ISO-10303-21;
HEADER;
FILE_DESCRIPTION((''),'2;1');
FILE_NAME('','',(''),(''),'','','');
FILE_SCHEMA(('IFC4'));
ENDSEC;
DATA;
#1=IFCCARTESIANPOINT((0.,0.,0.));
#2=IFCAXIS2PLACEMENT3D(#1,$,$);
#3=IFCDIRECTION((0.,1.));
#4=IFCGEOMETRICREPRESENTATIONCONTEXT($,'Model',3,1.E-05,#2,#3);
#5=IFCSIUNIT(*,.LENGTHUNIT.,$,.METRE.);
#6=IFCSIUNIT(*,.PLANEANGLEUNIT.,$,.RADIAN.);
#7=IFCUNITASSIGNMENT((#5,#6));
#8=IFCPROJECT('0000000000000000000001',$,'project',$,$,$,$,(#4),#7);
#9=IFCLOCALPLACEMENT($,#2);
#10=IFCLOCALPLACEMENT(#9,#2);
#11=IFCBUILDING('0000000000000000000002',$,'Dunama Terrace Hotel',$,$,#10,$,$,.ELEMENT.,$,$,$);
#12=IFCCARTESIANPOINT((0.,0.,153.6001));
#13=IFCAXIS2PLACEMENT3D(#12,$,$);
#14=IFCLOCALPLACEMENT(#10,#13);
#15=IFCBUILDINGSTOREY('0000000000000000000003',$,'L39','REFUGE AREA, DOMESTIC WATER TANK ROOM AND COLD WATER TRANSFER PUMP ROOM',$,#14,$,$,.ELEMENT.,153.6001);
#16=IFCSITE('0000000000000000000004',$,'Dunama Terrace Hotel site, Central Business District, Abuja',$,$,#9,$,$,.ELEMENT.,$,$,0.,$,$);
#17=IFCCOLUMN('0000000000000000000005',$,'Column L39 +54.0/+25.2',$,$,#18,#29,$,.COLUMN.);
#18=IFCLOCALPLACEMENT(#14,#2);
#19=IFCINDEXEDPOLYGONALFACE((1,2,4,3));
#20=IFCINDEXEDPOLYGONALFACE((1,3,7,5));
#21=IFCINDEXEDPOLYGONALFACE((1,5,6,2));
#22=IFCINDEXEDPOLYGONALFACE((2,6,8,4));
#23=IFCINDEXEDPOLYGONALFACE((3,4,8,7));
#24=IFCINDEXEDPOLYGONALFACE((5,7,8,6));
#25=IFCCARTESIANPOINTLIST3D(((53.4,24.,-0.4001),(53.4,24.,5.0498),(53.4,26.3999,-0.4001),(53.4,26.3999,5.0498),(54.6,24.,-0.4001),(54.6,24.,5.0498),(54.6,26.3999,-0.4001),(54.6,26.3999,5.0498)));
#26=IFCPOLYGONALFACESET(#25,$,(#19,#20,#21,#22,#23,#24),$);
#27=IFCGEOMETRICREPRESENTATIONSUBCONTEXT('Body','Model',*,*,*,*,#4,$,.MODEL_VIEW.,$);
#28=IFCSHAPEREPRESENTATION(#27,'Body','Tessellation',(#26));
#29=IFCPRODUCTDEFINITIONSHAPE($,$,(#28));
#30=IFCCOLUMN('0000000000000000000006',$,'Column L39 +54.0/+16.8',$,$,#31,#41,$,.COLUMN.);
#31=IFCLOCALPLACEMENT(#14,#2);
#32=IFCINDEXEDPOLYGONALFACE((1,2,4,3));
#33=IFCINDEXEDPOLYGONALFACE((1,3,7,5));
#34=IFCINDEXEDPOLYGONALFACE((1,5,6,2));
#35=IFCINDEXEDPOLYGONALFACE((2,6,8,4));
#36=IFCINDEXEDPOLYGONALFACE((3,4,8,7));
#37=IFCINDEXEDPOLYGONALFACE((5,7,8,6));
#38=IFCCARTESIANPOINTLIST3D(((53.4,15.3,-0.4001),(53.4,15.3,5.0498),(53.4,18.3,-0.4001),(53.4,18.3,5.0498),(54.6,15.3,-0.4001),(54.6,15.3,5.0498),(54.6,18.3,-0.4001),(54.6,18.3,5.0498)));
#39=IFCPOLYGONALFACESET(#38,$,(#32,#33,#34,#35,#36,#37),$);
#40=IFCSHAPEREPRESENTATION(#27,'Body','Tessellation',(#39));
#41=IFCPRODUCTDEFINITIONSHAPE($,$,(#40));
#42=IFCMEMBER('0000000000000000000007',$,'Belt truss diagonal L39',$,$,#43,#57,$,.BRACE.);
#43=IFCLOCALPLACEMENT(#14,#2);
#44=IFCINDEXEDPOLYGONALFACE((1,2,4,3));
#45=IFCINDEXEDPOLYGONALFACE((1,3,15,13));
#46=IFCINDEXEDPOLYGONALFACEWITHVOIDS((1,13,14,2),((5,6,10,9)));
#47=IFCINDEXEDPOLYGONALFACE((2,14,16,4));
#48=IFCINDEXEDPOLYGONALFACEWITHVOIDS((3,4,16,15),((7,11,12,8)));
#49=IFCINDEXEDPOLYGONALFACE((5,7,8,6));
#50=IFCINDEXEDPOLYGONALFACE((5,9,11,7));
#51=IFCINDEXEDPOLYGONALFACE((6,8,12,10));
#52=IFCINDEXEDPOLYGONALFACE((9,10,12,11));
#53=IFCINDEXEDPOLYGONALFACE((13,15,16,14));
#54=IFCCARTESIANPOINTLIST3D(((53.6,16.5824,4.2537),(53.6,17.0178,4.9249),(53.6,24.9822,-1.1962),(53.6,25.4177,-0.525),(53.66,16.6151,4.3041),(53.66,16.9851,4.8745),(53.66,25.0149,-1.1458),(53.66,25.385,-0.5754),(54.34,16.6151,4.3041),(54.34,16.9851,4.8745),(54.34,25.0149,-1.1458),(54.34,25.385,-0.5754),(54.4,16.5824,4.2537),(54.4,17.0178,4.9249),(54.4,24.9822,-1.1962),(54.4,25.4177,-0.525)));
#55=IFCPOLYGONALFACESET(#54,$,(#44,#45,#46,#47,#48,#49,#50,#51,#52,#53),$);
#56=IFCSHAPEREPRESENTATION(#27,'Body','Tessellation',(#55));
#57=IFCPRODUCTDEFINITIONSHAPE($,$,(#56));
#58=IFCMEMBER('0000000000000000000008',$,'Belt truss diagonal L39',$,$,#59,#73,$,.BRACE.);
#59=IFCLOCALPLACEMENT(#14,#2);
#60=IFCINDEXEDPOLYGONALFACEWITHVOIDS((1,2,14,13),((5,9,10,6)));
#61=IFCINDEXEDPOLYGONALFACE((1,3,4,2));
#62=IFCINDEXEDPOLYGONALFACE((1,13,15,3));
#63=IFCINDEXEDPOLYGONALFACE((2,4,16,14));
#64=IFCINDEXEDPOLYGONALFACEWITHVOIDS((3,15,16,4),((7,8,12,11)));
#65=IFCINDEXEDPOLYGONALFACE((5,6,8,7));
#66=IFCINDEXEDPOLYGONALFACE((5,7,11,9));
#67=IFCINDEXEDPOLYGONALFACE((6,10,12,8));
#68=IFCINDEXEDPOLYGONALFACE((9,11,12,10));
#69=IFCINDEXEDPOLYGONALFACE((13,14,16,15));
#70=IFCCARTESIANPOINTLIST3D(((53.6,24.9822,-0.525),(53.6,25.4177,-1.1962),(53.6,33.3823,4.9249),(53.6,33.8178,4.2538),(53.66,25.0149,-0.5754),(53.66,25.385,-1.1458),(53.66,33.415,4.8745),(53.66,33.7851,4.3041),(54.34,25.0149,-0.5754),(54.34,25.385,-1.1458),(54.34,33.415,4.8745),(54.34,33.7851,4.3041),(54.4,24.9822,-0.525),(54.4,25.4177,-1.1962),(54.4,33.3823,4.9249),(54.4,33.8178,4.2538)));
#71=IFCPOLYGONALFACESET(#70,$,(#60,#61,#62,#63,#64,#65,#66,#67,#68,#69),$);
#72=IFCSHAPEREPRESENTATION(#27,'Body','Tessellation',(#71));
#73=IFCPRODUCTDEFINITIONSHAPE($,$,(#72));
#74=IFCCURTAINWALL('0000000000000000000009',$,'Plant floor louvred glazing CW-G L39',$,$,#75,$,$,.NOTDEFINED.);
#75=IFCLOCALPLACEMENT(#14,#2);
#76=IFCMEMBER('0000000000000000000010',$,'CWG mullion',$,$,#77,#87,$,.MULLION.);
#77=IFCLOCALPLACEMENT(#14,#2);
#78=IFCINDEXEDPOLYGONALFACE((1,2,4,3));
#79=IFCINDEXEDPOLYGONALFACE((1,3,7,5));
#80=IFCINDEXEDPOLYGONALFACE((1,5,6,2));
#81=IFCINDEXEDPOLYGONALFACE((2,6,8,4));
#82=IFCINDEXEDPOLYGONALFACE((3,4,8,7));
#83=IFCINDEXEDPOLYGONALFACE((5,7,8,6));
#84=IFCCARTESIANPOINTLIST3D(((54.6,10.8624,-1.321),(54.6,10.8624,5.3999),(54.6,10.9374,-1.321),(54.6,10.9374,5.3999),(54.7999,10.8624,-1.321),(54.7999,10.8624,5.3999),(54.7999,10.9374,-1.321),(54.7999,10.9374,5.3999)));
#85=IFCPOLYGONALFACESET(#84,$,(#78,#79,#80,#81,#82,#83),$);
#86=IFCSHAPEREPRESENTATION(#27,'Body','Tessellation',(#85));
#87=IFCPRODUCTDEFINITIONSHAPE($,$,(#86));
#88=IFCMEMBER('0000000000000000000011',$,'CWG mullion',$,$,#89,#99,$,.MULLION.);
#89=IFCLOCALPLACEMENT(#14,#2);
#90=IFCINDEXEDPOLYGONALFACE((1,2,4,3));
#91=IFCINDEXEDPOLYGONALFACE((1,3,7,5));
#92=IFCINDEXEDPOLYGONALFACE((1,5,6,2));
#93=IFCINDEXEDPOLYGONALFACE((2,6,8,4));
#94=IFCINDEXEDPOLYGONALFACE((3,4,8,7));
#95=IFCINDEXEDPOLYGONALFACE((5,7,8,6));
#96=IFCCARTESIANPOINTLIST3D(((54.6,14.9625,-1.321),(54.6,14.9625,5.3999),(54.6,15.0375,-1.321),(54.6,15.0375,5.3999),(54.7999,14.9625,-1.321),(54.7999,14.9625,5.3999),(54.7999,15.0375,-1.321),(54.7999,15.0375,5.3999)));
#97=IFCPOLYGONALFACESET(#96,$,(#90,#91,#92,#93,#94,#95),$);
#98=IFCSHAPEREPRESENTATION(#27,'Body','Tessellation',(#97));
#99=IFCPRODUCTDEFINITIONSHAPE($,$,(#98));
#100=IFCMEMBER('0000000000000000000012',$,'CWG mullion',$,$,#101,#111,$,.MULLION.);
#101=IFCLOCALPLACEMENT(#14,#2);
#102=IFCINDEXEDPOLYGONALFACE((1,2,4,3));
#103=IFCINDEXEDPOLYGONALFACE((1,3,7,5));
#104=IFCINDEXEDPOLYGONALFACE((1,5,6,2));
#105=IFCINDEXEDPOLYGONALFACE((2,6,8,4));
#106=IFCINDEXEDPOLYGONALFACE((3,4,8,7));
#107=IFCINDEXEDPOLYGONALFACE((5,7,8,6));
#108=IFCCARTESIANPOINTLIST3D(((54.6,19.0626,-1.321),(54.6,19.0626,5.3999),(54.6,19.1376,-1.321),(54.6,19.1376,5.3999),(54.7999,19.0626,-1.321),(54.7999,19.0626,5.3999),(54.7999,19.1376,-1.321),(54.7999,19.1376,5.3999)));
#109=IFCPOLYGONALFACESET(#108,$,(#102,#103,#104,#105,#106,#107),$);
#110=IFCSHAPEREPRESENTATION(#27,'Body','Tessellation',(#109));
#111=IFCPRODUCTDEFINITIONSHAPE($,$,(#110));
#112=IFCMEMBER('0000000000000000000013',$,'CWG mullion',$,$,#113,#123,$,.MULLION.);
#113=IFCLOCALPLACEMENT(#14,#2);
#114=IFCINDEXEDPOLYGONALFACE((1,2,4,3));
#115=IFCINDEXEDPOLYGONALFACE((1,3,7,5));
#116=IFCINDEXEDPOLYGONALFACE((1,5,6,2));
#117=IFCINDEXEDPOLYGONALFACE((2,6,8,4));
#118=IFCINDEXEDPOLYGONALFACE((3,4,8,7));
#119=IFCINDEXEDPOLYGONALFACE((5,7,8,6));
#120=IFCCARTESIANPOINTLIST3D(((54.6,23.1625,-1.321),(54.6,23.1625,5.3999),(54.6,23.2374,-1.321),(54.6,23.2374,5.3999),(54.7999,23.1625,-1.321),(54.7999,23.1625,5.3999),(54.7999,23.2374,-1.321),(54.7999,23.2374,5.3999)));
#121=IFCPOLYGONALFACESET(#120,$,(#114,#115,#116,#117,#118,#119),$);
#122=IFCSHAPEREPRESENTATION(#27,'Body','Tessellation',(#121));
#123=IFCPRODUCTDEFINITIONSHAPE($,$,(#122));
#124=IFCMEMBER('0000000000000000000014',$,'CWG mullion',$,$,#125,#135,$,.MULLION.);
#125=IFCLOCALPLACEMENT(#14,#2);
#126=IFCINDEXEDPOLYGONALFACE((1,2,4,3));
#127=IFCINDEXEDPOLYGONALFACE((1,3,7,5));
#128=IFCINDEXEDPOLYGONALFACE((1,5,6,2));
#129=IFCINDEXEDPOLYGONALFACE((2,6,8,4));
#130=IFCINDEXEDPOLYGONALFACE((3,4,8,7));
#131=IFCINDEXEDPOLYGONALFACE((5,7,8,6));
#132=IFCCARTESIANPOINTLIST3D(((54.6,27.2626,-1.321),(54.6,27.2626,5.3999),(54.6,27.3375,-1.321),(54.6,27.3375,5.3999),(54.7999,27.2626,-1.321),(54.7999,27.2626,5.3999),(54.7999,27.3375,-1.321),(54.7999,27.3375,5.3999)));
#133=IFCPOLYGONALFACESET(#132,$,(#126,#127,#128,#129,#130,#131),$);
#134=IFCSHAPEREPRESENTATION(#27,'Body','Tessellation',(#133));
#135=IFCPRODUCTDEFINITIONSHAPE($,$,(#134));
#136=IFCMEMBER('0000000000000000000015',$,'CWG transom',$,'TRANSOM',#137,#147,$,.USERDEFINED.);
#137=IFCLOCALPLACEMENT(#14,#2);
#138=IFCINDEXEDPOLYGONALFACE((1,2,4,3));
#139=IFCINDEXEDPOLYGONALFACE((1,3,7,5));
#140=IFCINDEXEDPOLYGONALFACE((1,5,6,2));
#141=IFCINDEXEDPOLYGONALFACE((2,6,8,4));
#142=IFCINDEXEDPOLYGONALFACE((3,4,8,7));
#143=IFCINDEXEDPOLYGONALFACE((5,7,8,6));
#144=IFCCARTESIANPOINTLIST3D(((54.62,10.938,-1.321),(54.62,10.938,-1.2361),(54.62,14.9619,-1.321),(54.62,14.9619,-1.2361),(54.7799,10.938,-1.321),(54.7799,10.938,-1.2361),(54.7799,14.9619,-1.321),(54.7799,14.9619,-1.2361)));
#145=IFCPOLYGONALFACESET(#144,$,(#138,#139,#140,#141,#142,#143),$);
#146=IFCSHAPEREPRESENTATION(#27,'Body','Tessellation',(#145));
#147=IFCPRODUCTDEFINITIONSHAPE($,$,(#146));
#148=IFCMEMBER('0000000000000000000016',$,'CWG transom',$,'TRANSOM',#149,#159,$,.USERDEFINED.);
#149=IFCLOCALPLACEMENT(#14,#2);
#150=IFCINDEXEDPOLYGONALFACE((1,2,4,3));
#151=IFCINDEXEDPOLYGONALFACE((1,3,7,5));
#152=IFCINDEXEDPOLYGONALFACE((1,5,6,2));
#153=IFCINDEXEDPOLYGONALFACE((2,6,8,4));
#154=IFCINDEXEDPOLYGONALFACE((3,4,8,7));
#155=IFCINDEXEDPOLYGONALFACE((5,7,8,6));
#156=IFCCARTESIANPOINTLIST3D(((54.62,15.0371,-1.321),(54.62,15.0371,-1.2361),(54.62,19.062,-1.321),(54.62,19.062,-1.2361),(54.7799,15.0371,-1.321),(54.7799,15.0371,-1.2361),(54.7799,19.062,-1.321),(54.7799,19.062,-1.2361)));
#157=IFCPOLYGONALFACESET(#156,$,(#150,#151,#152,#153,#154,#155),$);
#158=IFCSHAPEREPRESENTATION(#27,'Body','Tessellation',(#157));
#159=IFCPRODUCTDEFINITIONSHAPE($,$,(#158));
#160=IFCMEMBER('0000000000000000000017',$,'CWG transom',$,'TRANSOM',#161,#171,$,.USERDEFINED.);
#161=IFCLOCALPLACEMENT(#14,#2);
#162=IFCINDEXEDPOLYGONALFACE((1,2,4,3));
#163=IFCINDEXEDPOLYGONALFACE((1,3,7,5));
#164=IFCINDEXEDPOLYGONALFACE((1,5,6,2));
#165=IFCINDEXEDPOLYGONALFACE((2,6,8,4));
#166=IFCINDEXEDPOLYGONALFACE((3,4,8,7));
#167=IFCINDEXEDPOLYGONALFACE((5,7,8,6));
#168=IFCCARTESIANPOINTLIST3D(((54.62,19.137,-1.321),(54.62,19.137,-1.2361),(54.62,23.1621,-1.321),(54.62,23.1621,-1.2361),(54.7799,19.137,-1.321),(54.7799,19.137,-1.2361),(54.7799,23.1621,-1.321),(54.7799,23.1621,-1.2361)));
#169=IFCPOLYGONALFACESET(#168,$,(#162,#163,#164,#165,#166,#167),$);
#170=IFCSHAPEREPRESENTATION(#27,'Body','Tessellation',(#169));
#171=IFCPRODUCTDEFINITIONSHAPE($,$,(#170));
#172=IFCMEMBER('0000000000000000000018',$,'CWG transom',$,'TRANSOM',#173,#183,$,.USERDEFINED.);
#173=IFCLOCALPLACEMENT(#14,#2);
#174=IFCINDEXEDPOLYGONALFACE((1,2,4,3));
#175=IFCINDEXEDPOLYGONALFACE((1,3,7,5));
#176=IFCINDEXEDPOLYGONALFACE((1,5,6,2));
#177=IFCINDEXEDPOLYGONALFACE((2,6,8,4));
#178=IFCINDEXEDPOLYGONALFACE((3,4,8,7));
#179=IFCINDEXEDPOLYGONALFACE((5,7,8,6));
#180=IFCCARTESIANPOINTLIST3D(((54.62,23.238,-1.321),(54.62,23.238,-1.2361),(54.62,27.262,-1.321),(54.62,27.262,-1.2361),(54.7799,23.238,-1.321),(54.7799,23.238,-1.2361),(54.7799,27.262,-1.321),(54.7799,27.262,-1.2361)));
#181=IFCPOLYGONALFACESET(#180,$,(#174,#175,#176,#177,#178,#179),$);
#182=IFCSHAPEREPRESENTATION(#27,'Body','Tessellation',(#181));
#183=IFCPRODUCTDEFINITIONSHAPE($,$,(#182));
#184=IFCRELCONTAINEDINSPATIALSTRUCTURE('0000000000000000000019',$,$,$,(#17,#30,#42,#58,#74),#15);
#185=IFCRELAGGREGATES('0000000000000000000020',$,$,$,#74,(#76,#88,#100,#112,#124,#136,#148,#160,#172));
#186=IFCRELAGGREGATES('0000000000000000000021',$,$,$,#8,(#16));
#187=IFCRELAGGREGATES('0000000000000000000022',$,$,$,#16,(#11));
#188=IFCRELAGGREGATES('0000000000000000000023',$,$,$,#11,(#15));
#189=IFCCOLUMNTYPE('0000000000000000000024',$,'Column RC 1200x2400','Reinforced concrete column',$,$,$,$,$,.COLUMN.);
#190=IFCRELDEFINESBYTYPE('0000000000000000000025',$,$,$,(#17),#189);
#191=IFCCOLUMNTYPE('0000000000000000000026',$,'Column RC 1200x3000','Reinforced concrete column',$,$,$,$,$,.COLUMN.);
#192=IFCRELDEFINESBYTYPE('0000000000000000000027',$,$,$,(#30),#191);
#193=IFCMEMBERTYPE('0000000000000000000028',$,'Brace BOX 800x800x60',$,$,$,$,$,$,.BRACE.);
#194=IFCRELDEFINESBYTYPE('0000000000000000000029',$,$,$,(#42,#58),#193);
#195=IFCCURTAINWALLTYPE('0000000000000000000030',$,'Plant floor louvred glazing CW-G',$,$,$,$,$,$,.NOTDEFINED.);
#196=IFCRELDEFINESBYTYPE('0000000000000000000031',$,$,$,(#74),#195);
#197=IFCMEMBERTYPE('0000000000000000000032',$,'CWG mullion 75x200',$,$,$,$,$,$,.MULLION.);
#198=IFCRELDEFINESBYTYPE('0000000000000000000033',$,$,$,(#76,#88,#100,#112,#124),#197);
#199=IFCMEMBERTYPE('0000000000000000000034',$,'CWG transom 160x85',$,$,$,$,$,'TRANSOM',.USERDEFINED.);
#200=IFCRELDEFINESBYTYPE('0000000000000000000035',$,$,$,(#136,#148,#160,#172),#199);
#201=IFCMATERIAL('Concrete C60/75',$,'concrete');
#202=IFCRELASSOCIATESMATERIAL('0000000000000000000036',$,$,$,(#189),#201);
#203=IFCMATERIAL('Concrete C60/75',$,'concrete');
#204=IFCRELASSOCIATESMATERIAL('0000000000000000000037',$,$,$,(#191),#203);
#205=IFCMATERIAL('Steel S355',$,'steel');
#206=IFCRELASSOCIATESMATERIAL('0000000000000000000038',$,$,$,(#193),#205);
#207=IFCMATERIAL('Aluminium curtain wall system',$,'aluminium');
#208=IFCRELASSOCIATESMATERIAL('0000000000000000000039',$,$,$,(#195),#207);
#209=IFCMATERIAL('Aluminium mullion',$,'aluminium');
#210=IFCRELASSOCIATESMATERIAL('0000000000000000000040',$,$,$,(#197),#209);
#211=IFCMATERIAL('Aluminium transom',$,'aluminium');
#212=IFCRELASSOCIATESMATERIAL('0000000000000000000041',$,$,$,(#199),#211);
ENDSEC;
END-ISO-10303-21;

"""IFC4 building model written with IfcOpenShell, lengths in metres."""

from ifc_helpers import new_model, si_unit, direction, frame, origin, origin_2d, place, context, subcontext, project, spatial, rectangle, hollow_rectangle, extrude, material, material_profile, profile_set, type_object, element, aggregate, save


model = new_model("IFC4")

# Units and contexts
model_context = context("Model", 3, precision=1e-05, world=origin(), true_north=direction((0.0, 1.0)))
body_context = subcontext(model_context, "Body", "Model", "MODEL_VIEW")
ifc_project = project(units=[si_unit("LENGTHUNIT", "METRE"), si_unit("PLANEANGLEUNIT", "RADIAN")], contexts=[model_context])

# Site, building, storey
site_placement = place(None, origin())
site = spatial("IfcSite", under=ifc_project, at=site_placement, Name="Dunama Terrace Hotel site, Central Business District, Abuja", CompositionType="ELEMENT", RefElevation=0.0)
building_placement = place(site_placement, origin())
building = spatial("IfcBuilding", under=site, at=building_placement, Name="Dunama Terrace Hotel", CompositionType="ELEMENT")
storey_placement = place(building_placement, frame((0.0, 0.0, 153.6001)))
storey = spatial("IfcBuildingStorey", under=building, at=storey_placement, Name="L39", Description="REFUGE AREA, DOMESTIC WATER TANK ROOM AND COLD WATER TRANSFER PUMP ROOM", CompositionType="ELEMENT", Elevation=153.6001)

# Columns
ifc_material_1 = material(Name="Concrete C60/75", Category="concrete")
ifc_material_profile_1 = material_profile(ifc_material_1, rectangle(XDim=1.2, YDim=2.3999, at=origin_2d()), Name="RC 1200x2400")
ifc_profile_set_1 = profile_set([ifc_material_profile_1], Name="Concrete C60/75")
column_type_1 = type_object("IfcColumnType", Name="Column RC 1200x2400", Description="Reinforced concrete column", PredefinedType="COLUMN", material=ifc_profile_set_1)
column_1_placement = place(storey_placement, frame((54.0, 25.2, -0.4001), z_axis=(0.0, 0.0, 1.0), x_axis=(1.0, 0.0, 0.0)))
element("IfcColumn", 1, at=column_1_placement, inside=storey, type_object=column_type_1, Name="Column L39 +54.0/+25.2", PredefinedType="COLUMN", context=body_context, shape_type="SweptSolid", body=[
    extrude(rectangle(XDim=1.2, YDim=2.3999, at=origin_2d()), origin(), (0.0, 0.0, 1.0), 5.45),
])
ifc_material_2 = material(Name="Concrete C60/75", Category="concrete")
ifc_material_profile_2 = material_profile(ifc_material_2, rectangle(XDim=1.2, YDim=3.0, at=origin_2d()), Name="RC 1200x3000")
ifc_profile_set_2 = profile_set([ifc_material_profile_2], Name="Concrete C60/75")
column_type_2 = type_object("IfcColumnType", Name="Column RC 1200x3000", Description="Reinforced concrete column", PredefinedType="COLUMN", material=ifc_profile_set_2)
column_2_placement = place(storey_placement, frame((54.0, 16.8, -0.4001), z_axis=(0.0, 0.0, 1.0), x_axis=(1.0, 0.0, 0.0)))
element("IfcColumn", 2, at=column_2_placement, inside=storey, type_object=column_type_2, Name="Column L39 +54.0/+16.8", PredefinedType="COLUMN", context=body_context, shape_type="SweptSolid", body=[
    extrude(rectangle(XDim=1.2, YDim=3.0, at=origin_2d()), origin(), (0.0, 0.0, 1.0), 5.45),
])

# Members
ifc_material_3 = material(Name="Steel S355", Category="steel")
ifc_material_profile_3 = material_profile(ifc_material_3, hollow_rectangle(XDim=0.8, YDim=0.8, WallThickness=0.0601, at=origin_2d()), Name="BOX 800x800x60")
ifc_profile_set_3 = profile_set([ifc_material_profile_3], Name="Steel S355")
member_type_1 = type_object("IfcMemberType", Name="Brace BOX 800x800x60", PredefinedType="BRACE", material=ifc_profile_set_3)
member_1_placement = place(storey_placement, frame((54.0, 25.2, -0.8606), z_axis=(0.0, -0.838899, 0.544287), x_axis=(1.0, 0.0, 0.0)))
element("IfcMember", 3, at=member_1_placement, inside=storey, type_object=member_type_1, Name="Belt truss diagonal L39", PredefinedType="BRACE", context=body_context, shape_type="SweptSolid", body=[
    extrude(hollow_rectangle(XDim=0.8, YDim=0.8, WallThickness=0.0601, at=origin_2d()), origin(), (0.0, 0.0, 1.0), 10.0129),
])
member_2_placement = place(storey_placement, frame((54.0, 25.2, -0.8606), z_axis=(0.0, 0.838906, 0.544276), x_axis=(-1.0, 0.0, 0.0)))
element("IfcMember", 4, at=member_2_placement, inside=storey, type_object=member_type_1, Name="Belt truss diagonal L39", PredefinedType="BRACE", context=body_context, shape_type="SweptSolid", body=[
    extrude(hollow_rectangle(XDim=0.8, YDim=0.8, WallThickness=0.0601, at=origin_2d()), origin(), (0.0, 0.0, 1.0), 10.0132),
])

# Curtain wall, members
ifc_material_4 = material(Name="Aluminium curtain wall system", Category="aluminium")
curtain_wall_type = type_object("IfcCurtainWallType", Name="Plant floor louvred glazing CW-G", PredefinedType="NOTDEFINED", material=ifc_material_4)
curtain_wall_placement = place(storey_placement, origin())
curtain_wall = element("IfcCurtainWall", 5, at=curtain_wall_placement, inside=storey, type_object=curtain_wall_type, Name="Plant floor louvred glazing CW-G L39", PredefinedType="NOTDEFINED")
ifc_material_5 = material(Name="Aluminium mullion", Category="aluminium")
ifc_material_profile_4 = material_profile(ifc_material_5, rectangle(XDim=0.075, YDim=0.2, at=origin_2d()), Name="CWG MULLION 75X200")
ifc_profile_set_4 = profile_set([ifc_material_profile_4], Name="Aluminium mullion")
member_type_2 = type_object("IfcMemberType", Name="CWG mullion 75x200", PredefinedType="MULLION", material=ifc_profile_set_4)
member_3_placement = place(storey_placement, frame((54.7, 10.8999, -1.321), z_axis=(0.0, 0.0, 1.0), x_axis=(0.0, 1.0, 0.0)))
member_3 = element("IfcMember", 6, at=member_3_placement, type_object=member_type_2, Name="CWG mullion", PredefinedType="MULLION", context=body_context, shape_type="SweptSolid", body=[
    extrude(rectangle(XDim=0.075, YDim=0.2, at=origin_2d()), origin(), (0.0, 0.0, 1.0), 6.7209),
])
member_4_placement = place(storey_placement, frame((54.7, 15.0, -1.321), z_axis=(0.0, 0.0, 1.0), x_axis=(0.0, 1.0, 0.0)))
member_4 = element("IfcMember", 7, at=member_4_placement, type_object=member_type_2, Name="CWG mullion", PredefinedType="MULLION", context=body_context, shape_type="SweptSolid", body=[
    extrude(rectangle(XDim=0.075, YDim=0.2, at=origin_2d()), origin(), (0.0, 0.0, 1.0), 6.7209),
])
member_5_placement = place(storey_placement, frame((54.7, 19.1001, -1.321), z_axis=(0.0, 0.0, 1.0), x_axis=(0.0, 1.0, 0.0)))
member_5 = element("IfcMember", 8, at=member_5_placement, type_object=member_type_2, Name="CWG mullion", PredefinedType="MULLION", context=body_context, shape_type="SweptSolid", body=[
    extrude(rectangle(XDim=0.075, YDim=0.2, at=origin_2d()), origin(), (0.0, 0.0, 1.0), 6.7209),
])
member_6_placement = place(storey_placement, frame((54.7, 23.2, -1.321), z_axis=(0.0, 0.0, 1.0), x_axis=(0.0, 1.0, 0.0)))
member_6 = element("IfcMember", 9, at=member_6_placement, type_object=member_type_2, Name="CWG mullion", PredefinedType="MULLION", context=body_context, shape_type="SweptSolid", body=[
    extrude(rectangle(XDim=0.075, YDim=0.2, at=origin_2d()), origin(), (0.0, 0.0, 1.0), 6.7209),
])
member_7_placement = place(storey_placement, frame((54.7, 27.3, -1.321), z_axis=(0.0, 0.0, 1.0), x_axis=(0.0, 1.0, 0.0)))
member_7 = element("IfcMember", 10, at=member_7_placement, type_object=member_type_2, Name="CWG mullion", PredefinedType="MULLION", context=body_context, shape_type="SweptSolid", body=[
    extrude(rectangle(XDim=0.075, YDim=0.2, at=origin_2d()), origin(), (0.0, 0.0, 1.0), 6.7209),
])
ifc_material_6 = material(Name="Aluminium transom", Category="aluminium")
ifc_material_profile_5 = material_profile(ifc_material_6, rectangle(XDim=0.1599, YDim=0.085, at=origin_2d()), Name="CWG TRANSOM 160X85")
ifc_profile_set_5 = profile_set([ifc_material_profile_5], Name="Aluminium transom")
member_type_3 = type_object("IfcMemberType", Name="CWG transom 160x85", ElementType="TRANSOM", PredefinedType="USERDEFINED", material=ifc_profile_set_5)
member_8_placement = place(storey_placement, frame((54.7, 10.938, -1.2786), z_axis=(0.0, 1.0, 0.0), x_axis=(-1.0, 0.0, 0.0)))
member_8 = element("IfcMember", 11, at=member_8_placement, type_object=member_type_3, Name="CWG transom", ObjectType="TRANSOM", PredefinedType="USERDEFINED", context=body_context, shape_type="SweptSolid", body=[
    extrude(rectangle(XDim=0.1599, YDim=0.085, at=origin_2d()), origin(), (0.0, 0.0, 1.0), 4.0239),
])
member_9_placement = place(storey_placement, frame((54.7, 15.0371, -1.2786), z_axis=(0.0, 1.0, 0.0), x_axis=(-1.0, 0.0, 0.0)))
member_9 = element("IfcMember", 12, at=member_9_placement, type_object=member_type_3, Name="CWG transom", ObjectType="TRANSOM", PredefinedType="USERDEFINED", context=body_context, shape_type="SweptSolid", body=[
    extrude(rectangle(XDim=0.1599, YDim=0.085, at=origin_2d()), origin(), (0.0, 0.0, 1.0), 4.0249),
])
member_10_placement = place(storey_placement, frame((54.7, 19.137, -1.2786), z_axis=(0.0, 1.0, 0.0), x_axis=(-1.0, 0.0, 0.0)))
member_10 = element("IfcMember", 13, at=member_10_placement, type_object=member_type_3, Name="CWG transom", ObjectType="TRANSOM", PredefinedType="USERDEFINED", context=body_context, shape_type="SweptSolid", body=[
    extrude(rectangle(XDim=0.1599, YDim=0.085, at=origin_2d()), origin(), (0.0, 0.0, 1.0), 4.0251),
])
member_11_placement = place(storey_placement, frame((54.7, 23.238, -1.2786), z_axis=(0.0, 1.0, 0.0), x_axis=(-1.0, 0.0, 0.0)))
member_11 = element("IfcMember", 14, at=member_11_placement, type_object=member_type_3, Name="CWG transom", ObjectType="TRANSOM", PredefinedType="USERDEFINED", context=body_context, shape_type="SweptSolid", body=[
    extrude(rectangle(XDim=0.1599, YDim=0.085, at=origin_2d()), origin(), (0.0, 0.0, 1.0), 4.0239),
])

aggregate(curtain_wall, [member_3, member_4, member_5, member_6, member_7, member_8, member_9, member_10, member_11])

save(model, "model.ifc")
